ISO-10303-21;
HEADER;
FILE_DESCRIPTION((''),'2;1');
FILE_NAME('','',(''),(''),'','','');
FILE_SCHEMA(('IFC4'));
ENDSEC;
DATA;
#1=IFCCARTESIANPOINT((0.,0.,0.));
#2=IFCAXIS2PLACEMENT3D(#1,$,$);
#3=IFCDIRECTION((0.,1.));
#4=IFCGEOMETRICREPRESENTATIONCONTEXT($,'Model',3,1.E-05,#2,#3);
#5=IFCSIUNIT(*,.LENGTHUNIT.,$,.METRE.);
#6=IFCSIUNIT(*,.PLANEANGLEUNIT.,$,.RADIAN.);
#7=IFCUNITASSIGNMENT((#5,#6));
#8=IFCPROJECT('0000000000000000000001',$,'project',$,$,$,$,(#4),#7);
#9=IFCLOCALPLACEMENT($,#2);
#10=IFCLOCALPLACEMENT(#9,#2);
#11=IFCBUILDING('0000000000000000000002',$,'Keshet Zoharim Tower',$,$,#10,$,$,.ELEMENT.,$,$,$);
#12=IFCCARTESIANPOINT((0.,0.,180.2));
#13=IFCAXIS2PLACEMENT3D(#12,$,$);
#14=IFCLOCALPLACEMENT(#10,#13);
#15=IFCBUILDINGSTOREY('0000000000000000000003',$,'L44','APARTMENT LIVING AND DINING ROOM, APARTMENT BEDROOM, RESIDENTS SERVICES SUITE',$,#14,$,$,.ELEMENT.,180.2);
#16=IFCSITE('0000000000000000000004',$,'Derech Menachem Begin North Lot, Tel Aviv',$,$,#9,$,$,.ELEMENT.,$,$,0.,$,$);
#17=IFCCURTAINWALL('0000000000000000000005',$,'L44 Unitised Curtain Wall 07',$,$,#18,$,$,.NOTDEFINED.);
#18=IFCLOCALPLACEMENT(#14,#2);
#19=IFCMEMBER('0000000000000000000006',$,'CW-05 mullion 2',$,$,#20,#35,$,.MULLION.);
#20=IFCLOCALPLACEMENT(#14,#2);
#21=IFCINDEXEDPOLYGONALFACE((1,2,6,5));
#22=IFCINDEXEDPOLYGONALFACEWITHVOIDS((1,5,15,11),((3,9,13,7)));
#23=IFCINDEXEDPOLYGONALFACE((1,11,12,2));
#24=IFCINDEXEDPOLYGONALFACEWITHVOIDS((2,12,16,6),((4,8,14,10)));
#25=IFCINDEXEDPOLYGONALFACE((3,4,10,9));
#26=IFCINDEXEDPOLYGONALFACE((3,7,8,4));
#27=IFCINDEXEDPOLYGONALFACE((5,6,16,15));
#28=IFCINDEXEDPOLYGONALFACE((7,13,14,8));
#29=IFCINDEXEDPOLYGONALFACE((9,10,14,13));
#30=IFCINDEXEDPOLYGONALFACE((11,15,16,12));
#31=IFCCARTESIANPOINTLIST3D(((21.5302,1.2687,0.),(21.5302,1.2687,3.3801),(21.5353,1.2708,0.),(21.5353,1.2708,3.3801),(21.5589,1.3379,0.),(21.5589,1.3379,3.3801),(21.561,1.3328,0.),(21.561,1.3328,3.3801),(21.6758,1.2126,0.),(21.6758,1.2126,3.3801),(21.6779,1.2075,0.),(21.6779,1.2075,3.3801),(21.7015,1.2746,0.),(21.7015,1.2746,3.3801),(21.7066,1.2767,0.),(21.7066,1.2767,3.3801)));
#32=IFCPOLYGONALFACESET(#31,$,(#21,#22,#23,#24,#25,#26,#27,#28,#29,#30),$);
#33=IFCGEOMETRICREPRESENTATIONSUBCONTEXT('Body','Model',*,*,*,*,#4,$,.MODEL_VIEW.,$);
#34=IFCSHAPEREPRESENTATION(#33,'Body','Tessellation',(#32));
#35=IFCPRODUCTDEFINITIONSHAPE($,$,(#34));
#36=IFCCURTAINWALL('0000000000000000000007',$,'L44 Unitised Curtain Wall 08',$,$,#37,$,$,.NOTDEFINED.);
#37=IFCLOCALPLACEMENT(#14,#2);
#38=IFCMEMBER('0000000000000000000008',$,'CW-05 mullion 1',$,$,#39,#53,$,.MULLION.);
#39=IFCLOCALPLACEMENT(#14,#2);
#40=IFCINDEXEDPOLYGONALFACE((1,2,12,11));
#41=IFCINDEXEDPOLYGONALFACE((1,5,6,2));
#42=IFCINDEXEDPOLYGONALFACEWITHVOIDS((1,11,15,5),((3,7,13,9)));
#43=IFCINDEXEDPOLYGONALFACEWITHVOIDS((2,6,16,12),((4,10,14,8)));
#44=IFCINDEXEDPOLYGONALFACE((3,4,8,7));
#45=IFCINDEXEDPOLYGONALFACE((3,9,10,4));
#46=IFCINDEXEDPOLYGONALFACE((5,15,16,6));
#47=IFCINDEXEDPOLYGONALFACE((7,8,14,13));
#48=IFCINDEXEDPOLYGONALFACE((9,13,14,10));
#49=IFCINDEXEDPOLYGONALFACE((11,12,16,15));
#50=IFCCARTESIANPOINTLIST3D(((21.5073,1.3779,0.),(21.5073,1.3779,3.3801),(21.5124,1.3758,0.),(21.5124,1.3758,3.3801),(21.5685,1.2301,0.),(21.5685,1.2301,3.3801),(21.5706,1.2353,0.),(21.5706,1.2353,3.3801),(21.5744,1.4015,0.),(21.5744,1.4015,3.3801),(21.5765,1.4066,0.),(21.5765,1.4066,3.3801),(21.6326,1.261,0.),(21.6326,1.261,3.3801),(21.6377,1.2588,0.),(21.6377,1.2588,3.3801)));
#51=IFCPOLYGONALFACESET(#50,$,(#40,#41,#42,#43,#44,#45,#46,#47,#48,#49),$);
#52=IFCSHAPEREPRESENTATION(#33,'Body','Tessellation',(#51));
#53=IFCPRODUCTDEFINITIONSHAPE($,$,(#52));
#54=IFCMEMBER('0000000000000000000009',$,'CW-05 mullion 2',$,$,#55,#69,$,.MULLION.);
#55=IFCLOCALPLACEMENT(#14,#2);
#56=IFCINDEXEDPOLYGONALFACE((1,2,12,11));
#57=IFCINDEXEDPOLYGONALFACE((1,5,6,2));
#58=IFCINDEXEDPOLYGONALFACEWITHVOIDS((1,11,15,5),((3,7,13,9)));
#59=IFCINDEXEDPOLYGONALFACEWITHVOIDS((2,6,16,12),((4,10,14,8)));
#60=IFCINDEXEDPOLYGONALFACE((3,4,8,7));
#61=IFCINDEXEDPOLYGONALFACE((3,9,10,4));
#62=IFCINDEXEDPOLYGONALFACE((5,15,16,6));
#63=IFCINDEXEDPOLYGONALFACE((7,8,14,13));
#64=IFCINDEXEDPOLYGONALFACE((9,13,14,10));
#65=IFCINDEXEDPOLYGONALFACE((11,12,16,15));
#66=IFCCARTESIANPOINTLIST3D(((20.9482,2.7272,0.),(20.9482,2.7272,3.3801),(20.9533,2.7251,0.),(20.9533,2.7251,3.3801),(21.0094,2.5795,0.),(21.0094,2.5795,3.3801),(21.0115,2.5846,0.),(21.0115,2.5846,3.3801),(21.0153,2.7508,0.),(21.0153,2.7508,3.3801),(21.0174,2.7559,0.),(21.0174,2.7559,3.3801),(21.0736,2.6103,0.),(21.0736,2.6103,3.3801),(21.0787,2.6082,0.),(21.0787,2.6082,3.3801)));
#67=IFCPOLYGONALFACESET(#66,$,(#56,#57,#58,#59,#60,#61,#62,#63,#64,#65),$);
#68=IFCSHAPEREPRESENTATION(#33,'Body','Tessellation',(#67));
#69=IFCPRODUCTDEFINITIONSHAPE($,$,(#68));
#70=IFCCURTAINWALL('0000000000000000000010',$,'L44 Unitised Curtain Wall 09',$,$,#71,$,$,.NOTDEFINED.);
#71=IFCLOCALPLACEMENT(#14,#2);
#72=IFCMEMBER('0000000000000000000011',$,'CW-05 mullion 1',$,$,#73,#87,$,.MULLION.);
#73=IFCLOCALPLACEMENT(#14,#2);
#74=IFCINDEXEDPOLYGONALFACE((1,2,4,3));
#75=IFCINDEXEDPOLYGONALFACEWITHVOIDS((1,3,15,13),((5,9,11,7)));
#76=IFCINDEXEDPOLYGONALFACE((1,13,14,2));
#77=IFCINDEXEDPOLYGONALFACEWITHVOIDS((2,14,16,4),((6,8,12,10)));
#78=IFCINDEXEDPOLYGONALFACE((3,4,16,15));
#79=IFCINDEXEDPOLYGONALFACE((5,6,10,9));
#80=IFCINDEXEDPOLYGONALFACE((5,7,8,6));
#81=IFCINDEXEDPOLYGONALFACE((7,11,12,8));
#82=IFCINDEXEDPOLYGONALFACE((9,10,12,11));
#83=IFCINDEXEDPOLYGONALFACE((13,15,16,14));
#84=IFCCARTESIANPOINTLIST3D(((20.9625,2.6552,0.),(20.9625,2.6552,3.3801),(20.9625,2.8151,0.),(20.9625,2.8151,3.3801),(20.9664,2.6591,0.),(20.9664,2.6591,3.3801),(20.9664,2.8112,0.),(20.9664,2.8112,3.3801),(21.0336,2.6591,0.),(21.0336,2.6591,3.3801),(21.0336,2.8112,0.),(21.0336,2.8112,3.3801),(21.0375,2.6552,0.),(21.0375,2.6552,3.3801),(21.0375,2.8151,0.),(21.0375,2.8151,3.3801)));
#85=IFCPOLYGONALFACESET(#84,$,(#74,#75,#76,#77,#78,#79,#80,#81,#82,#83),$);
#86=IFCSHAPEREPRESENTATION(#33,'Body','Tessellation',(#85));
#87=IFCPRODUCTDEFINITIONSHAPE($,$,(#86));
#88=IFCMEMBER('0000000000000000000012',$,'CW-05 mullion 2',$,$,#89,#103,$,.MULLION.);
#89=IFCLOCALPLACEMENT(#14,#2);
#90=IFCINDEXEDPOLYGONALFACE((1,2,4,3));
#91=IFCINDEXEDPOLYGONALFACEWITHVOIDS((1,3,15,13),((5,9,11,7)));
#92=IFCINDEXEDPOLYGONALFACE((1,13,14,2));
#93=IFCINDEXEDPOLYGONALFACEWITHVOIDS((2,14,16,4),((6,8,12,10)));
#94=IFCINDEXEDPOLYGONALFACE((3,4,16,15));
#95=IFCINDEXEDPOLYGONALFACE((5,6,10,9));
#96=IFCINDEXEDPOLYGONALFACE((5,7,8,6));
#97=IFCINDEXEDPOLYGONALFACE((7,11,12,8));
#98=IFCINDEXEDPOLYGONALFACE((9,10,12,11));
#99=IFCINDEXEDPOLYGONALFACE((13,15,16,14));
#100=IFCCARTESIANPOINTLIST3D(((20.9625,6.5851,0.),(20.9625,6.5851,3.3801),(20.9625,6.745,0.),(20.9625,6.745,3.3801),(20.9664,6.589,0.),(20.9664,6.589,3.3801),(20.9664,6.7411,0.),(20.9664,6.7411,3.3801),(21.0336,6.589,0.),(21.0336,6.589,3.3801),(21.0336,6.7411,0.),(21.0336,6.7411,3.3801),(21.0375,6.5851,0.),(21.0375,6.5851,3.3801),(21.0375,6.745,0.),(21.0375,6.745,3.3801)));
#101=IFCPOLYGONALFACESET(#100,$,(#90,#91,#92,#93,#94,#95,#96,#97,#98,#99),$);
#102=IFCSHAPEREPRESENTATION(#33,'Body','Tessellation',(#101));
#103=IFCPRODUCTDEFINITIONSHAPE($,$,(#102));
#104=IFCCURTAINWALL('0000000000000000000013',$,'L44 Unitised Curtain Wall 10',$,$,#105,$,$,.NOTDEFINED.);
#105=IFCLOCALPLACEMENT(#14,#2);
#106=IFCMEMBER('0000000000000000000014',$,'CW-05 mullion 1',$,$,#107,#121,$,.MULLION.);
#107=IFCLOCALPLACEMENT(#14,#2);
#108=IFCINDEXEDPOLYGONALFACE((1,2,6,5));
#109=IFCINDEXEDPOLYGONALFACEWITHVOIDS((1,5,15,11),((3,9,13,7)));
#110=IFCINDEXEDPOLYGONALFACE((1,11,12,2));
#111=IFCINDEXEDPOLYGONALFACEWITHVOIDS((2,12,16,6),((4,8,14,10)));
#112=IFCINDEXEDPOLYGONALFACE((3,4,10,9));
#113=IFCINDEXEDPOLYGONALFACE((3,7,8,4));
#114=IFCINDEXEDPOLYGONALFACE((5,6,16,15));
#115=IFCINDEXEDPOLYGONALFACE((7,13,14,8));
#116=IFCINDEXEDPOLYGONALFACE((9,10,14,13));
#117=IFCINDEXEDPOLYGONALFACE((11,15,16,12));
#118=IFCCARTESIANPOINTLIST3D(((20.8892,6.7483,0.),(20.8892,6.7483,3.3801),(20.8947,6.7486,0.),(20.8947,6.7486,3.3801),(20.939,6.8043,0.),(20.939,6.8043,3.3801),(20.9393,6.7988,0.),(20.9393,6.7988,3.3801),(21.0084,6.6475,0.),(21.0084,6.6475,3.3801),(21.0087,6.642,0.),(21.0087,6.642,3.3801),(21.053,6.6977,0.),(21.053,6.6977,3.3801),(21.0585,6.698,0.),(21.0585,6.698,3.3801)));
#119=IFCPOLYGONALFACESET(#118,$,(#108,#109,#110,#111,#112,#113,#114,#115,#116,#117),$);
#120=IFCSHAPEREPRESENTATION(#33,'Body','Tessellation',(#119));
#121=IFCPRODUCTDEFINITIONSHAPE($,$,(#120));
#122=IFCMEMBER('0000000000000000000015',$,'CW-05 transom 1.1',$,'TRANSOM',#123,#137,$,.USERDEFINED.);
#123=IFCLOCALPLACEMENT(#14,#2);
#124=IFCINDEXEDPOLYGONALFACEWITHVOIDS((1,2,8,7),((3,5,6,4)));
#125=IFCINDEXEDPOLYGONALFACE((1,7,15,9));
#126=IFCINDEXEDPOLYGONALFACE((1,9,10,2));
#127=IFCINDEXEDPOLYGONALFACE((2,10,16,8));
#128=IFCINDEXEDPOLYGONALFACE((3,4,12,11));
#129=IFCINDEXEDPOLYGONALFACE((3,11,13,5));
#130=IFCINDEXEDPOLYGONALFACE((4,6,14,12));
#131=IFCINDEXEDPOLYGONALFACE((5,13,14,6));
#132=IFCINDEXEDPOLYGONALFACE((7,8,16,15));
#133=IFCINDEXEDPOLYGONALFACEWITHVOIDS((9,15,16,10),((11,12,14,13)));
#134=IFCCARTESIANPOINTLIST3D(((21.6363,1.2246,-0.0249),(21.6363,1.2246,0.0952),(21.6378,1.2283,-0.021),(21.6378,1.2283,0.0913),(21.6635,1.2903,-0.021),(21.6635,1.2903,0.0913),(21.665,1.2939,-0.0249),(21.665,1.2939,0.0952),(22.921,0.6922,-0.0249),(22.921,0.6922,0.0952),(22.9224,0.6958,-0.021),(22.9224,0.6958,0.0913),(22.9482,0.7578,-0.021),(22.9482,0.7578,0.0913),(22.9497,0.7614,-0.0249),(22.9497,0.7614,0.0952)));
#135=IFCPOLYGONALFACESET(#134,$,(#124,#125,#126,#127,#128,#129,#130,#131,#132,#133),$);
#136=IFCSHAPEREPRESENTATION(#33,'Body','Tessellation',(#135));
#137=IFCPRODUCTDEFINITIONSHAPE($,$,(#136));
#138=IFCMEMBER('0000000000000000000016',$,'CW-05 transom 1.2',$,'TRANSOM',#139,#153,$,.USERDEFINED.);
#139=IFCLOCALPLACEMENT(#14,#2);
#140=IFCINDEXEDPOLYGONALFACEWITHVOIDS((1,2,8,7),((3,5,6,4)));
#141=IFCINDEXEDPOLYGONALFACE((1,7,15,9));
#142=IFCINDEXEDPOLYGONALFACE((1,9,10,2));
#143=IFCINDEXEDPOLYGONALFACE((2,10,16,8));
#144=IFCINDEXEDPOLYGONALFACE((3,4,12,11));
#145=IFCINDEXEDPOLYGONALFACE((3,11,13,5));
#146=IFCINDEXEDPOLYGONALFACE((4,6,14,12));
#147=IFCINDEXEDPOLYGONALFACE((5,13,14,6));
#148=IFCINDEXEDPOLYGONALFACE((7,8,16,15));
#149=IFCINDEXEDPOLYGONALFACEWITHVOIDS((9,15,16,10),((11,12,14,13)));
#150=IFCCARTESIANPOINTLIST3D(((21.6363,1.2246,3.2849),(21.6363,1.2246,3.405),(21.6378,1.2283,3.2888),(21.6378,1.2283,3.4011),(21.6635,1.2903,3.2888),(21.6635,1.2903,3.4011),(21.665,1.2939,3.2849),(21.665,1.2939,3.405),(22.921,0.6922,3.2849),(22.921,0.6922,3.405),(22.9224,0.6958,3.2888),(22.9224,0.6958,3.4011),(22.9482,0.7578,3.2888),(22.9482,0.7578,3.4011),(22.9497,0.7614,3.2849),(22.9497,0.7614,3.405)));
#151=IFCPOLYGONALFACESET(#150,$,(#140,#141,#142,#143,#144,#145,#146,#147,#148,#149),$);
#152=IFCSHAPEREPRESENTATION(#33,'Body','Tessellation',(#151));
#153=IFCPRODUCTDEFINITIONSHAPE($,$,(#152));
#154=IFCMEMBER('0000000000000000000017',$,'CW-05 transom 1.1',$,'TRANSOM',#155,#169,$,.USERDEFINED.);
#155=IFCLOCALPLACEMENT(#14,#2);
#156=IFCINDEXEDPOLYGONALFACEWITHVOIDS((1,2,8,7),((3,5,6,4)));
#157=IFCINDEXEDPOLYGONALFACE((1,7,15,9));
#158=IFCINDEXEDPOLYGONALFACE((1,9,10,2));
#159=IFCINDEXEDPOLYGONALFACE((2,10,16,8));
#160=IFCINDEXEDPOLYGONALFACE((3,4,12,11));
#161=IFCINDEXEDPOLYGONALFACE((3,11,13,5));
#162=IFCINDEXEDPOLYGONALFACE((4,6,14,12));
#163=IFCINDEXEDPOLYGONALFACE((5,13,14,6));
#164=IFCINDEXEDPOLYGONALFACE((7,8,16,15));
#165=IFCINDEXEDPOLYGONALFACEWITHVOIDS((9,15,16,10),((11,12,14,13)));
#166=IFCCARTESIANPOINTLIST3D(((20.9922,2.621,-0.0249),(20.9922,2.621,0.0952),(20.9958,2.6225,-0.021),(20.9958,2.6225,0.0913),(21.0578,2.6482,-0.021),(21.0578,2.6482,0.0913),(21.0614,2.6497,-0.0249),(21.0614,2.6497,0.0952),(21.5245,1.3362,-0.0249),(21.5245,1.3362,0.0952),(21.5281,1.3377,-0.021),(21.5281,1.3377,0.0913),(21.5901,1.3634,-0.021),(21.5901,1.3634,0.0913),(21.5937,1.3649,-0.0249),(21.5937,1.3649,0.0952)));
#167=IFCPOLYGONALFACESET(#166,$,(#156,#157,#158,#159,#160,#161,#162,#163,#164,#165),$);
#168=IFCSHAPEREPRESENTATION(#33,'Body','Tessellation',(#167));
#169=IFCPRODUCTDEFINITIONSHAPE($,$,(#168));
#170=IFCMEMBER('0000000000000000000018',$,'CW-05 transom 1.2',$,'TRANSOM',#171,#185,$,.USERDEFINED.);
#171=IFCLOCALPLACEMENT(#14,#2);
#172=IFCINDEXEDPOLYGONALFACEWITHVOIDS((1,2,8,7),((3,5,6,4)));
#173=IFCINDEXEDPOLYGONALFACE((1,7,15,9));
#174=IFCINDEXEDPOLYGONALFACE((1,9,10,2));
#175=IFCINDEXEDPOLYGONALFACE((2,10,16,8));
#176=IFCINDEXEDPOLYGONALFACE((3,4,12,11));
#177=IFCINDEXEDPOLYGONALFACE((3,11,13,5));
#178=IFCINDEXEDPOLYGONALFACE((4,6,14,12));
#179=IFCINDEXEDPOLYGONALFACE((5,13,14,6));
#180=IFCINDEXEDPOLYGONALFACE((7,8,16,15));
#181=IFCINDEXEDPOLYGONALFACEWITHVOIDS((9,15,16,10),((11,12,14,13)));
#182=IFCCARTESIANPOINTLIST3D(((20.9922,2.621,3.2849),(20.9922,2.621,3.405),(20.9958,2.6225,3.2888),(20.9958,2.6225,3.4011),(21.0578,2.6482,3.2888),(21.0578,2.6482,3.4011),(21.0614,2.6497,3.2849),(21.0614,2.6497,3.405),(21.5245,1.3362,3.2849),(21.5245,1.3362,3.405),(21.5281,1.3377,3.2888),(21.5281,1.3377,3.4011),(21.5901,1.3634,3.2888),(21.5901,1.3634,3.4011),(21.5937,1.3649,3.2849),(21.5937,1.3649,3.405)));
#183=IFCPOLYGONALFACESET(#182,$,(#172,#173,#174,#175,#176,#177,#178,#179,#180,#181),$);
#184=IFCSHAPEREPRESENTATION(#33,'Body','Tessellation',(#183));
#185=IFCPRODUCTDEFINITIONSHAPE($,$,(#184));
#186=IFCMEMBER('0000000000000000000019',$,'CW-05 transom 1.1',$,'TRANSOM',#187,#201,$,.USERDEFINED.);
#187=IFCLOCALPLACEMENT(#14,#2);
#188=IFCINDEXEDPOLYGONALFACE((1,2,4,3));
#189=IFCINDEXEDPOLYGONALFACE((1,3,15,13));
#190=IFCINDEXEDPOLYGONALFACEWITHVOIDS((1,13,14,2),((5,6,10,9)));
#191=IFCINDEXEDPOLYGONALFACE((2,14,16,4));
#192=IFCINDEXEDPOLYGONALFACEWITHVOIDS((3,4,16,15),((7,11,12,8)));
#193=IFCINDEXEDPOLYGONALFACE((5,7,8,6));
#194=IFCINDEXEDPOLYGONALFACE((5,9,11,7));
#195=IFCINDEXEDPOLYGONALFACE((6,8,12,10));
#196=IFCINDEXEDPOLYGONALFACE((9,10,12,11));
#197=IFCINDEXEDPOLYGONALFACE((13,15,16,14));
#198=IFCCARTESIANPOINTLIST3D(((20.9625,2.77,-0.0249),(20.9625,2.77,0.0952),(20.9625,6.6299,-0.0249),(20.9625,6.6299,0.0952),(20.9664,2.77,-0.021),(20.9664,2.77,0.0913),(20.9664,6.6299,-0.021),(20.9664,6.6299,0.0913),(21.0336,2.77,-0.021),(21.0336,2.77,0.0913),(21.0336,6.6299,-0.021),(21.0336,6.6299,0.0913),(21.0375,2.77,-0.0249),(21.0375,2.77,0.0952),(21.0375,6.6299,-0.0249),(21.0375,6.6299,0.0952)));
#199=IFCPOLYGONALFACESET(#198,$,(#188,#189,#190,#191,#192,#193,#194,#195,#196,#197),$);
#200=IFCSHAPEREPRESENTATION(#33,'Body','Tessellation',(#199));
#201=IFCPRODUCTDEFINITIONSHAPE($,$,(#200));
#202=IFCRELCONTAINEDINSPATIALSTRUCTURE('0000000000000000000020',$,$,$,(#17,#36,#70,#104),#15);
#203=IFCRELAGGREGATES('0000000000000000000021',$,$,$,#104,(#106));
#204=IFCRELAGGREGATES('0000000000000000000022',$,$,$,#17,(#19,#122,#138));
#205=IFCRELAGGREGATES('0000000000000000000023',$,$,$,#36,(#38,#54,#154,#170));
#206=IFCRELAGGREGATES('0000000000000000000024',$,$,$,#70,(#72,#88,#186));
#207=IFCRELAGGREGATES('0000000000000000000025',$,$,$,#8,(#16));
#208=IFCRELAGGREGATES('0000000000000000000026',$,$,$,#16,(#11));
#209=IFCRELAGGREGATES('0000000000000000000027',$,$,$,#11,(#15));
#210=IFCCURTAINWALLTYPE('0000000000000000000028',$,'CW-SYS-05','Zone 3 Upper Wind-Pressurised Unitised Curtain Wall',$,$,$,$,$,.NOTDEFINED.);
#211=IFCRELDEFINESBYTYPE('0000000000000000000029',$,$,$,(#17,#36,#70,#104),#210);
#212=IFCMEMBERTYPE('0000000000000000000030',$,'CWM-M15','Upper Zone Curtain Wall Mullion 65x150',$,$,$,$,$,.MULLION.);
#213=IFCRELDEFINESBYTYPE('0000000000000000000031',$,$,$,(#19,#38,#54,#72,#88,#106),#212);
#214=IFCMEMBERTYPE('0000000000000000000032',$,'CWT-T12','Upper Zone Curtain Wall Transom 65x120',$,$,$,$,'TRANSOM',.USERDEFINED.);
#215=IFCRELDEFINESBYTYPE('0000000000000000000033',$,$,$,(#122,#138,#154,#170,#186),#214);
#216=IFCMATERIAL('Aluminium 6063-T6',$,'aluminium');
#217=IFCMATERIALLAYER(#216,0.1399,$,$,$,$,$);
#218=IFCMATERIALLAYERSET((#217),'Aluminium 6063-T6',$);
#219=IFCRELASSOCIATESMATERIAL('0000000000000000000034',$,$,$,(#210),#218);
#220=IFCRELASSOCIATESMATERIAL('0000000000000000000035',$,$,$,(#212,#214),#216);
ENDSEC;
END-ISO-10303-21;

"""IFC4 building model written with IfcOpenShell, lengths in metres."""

from ifc_helpers import new_model, si_unit, direction, frame, origin, origin_2d, place, context, subcontext, project, spatial, hollow_rectangle, extrude, material, layer, layer_set, material_profile, profile_set, type_object, element, aggregate, save


model = new_model("IFC4")

# Units and contexts
model_context = context("Model", 3, precision=1e-05, world=origin(), true_north=direction((0.0, 1.0)))
body_context = subcontext(model_context, "Body", "Model", "MODEL_VIEW")
ifc_project = project(units=[si_unit("LENGTHUNIT", "METRE"), si_unit("PLANEANGLEUNIT", "RADIAN")], contexts=[model_context])

# Site, building, storey
site_placement = place(None, origin())
site = spatial("IfcSite", under=ifc_project, at=site_placement, Name="Derech Menachem Begin North Lot, Tel Aviv", CompositionType="ELEMENT", RefElevation=0.0)
building_placement = place(site_placement, origin())
building = spatial("IfcBuilding", under=site, at=building_placement, Name="Keshet Zoharim Tower", CompositionType="ELEMENT")
storey_placement = place(building_placement, frame((0.0, 0.0, 180.2)))
storey = spatial("IfcBuildingStorey", under=building, at=storey_placement, Name="L44", Description="APARTMENT LIVING AND DINING ROOM, APARTMENT BEDROOM, RESIDENTS SERVICES SUITE", CompositionType="ELEMENT", Elevation=180.2)

# Shared definitions
ifc_material_1 = material(Name="Aluminium 6063-T6", Category="aluminium")
ifc_layer_1 = layer(ifc_material_1, 0.1399)
ifc_layer_set_1 = layer_set([ifc_layer_1], Name="Aluminium 6063-T6")
curtain_wall_type = type_object("IfcCurtainWallType", Name="CW-SYS-05", Description="Zone 3 Upper Wind-Pressurised Unitised Curtain Wall", PredefinedType="NOTDEFINED", material=ifc_layer_set_1)
ifc_material_profile_1 = material_profile(ifc_material_1, hollow_rectangle(XDim=0.075, YDim=0.1599, WallThickness=0.0039, at=origin_2d()), Name="MUL-75x160")
ifc_profile_set_1 = profile_set([ifc_material_profile_1], Name="Aluminium 6063-T6")
member_type_1 = type_object("IfcMemberType", Name="CWM-M15", Description="Upper Zone Curtain Wall Mullion 65x150", PredefinedType="MULLION", material=ifc_profile_set_1)

# Curtain walls, members
curtain_wall_1_placement = place(storey_placement, origin())
curtain_wall_1 = element("IfcCurtainWall", 1, at=curtain_wall_1_placement, inside=storey, type_object=curtain_wall_type, Name="L44 Unitised Curtain Wall 07", PredefinedType="NOTDEFINED")
member_1_placement = place(storey_placement, frame((21.6184, 1.2727, 0.0), z_axis=(0.0, 0.0, 1.0), x_axis=(-0.382852, -0.92381, 0.0)))
member_1 = element("IfcMember", 2, at=member_1_placement, type_object=member_type_1, Name="CW-05 mullion 2", PredefinedType="MULLION", context=body_context, shape_type="SweptSolid", body=[
    extrude(hollow_rectangle(XDim=0.075, YDim=0.1599, WallThickness=0.0039, at=origin_2d()), origin(), (0.0, 0.0, 1.0), 3.3801),
])
curtain_wall_2_placement = place(storey_placement, origin())
curtain_wall_2 = element("IfcCurtainWall", 3, at=curtain_wall_2_placement, inside=storey, type_object=curtain_wall_type, Name="L44 Unitised Curtain Wall 08", PredefinedType="NOTDEFINED")
member_2_placement = place(storey_placement, frame((21.5725, 1.3184, 0.0), z_axis=(0.0, 0.0, 1.0), x_axis=(-0.92381, -0.382852, 0.0)))
member_2 = element("IfcMember", 4, at=member_2_placement, type_object=member_type_1, Name="CW-05 mullion 1", PredefinedType="MULLION", context=body_context, shape_type="SweptSolid", body=[
    extrude(hollow_rectangle(XDim=0.075, YDim=0.1599, WallThickness=0.0039, at=origin_2d()), origin(), (0.0, 0.0, 1.0), 3.3801),
])
member_3_placement = place(storey_placement, frame((21.0134, 2.6677, 0.0), z_axis=(0.0, 0.0, 1.0), x_axis=(-0.92381, -0.382852, 0.0)))
member_3 = element("IfcMember", 5, at=member_3_placement, type_object=member_type_1, Name="CW-05 mullion 2", PredefinedType="MULLION", context=body_context, shape_type="SweptSolid", body=[
    extrude(hollow_rectangle(XDim=0.075, YDim=0.1599, WallThickness=0.0039, at=origin_2d()), origin(), (0.0, 0.0, 1.0), 3.3801),
])
curtain_wall_3_placement = place(storey_placement, origin())
curtain_wall_3 = element("IfcCurtainWall", 6, at=curtain_wall_3_placement, inside=storey, type_object=curtain_wall_type, Name="L44 Unitised Curtain Wall 09", PredefinedType="NOTDEFINED")
member_4_placement = place(storey_placement, frame((21.0, 2.7351, 0.0), z_axis=(0.0, 0.0, 1.0), x_axis=(-1.0, 0.0, 0.0)))
member_4 = element("IfcMember", 7, at=member_4_placement, type_object=member_type_1, Name="CW-05 mullion 1", PredefinedType="MULLION", context=body_context, shape_type="SweptSolid", body=[
    extrude(hollow_rectangle(XDim=0.075, YDim=0.1599, WallThickness=0.0039, at=origin_2d()), origin(), (0.0, 0.0, 1.0), 3.3801),
])
member_5_placement = place(storey_placement, frame((21.0, 6.665, 0.0), z_axis=(0.0, 0.0, 1.0), x_axis=(-1.0, 0.0, 0.0)))
member_5 = element("IfcMember", 8, at=member_5_placement, type_object=member_type_1, Name="CW-05 mullion 2", PredefinedType="MULLION", context=body_context, shape_type="SweptSolid", body=[
    extrude(hollow_rectangle(XDim=0.075, YDim=0.1599, WallThickness=0.0039, at=origin_2d()), origin(), (0.0, 0.0, 1.0), 3.3801),
])

# Curtain wall, member
curtain_wall_4_placement = place(storey_placement, origin())
curtain_wall_4 = element("IfcCurtainWall", 9, at=curtain_wall_4_placement, inside=storey, type_object=curtain_wall_type, Name="L44 Unitised Curtain Wall 10", PredefinedType="NOTDEFINED")
member_6_placement = place(storey_placement, frame((20.9739, 6.7231, 0.0), z_axis=(0.0, 0.0, 1.0), x_axis=(-0.664362, -0.747411, 0.0)))
member_6 = element("IfcMember", 10, at=member_6_placement, type_object=member_type_1, Name="CW-05 mullion 1", PredefinedType="MULLION", context=body_context, shape_type="SweptSolid", body=[
    extrude(hollow_rectangle(XDim=0.075, YDim=0.1599, WallThickness=0.0039, at=origin_2d()), origin(), (0.0, 0.0, 1.0), 3.3801),
])

# Members
ifc_material_profile_2 = material_profile(ifc_material_1, hollow_rectangle(XDim=0.075, YDim=0.1201, WallThickness=0.0039, at=origin_2d()), Name="TRN-75x120")
ifc_profile_set_2 = profile_set([ifc_material_profile_2], Name="Aluminium 6063-T6")
member_type_2 = type_object("IfcMemberType", Name="CWT-T12", Description="Upper Zone Curtain Wall Transom 65x120", ElementType="TRANSOM", PredefinedType="USERDEFINED", material=ifc_profile_set_2)
member_7_placement = place(storey_placement, frame((22.9353, 0.7268, 0.0352), z_axis=(-0.923792, 0.382894, 0.0), x_axis=(-0.382894, -0.923792, 0.0)))
member_7 = element("IfcMember", 11, at=member_7_placement, type_object=member_type_2, Name="CW-05 transom 1.1", ObjectType="TRANSOM", PredefinedType="USERDEFINED", context=body_context, shape_type="SweptSolid", body=[
    extrude(hollow_rectangle(XDim=0.075, YDim=0.1201, WallThickness=0.0039, at=origin_2d()), origin(), (0.0, 0.0, 1.0), 1.3906),
])
member_8_placement = place(storey_placement, frame((22.9353, 0.7268, 3.345), z_axis=(-0.923792, 0.382894, 0.0), x_axis=(-0.382894, -0.923792, 0.0)))
member_8 = element("IfcMember", 12, at=member_8_placement, type_object=member_type_2, Name="CW-05 transom 1.2", ObjectType="TRANSOM", PredefinedType="USERDEFINED", context=body_context, shape_type="SweptSolid", body=[
    extrude(hollow_rectangle(XDim=0.075, YDim=0.1201, WallThickness=0.0039, at=origin_2d()), origin(), (0.0, 0.0, 1.0), 1.3906),
])
member_9_placement = place(storey_placement, frame((21.5591, 1.3506, 0.0352), z_axis=(-0.382745, 0.923854, 0.0), x_axis=(-0.923854, -0.382745, 0.0)))
member_9 = element("IfcMember", 13, at=member_9_placement, type_object=member_type_2, Name="CW-05 transom 1.1", ObjectType="TRANSOM", PredefinedType="USERDEFINED", context=body_context, shape_type="SweptSolid", body=[
    extrude(hollow_rectangle(XDim=0.075, YDim=0.1201, WallThickness=0.0039, at=origin_2d()), origin(), (0.0, 0.0, 1.0), 1.3906),
])
member_10_placement = place(storey_placement, frame((21.5591, 1.3506, 3.345), z_axis=(-0.382745, 0.923854, 0.0), x_axis=(-0.923854, -0.382745, 0.0)))
member_10 = element("IfcMember", 14, at=member_10_placement, type_object=member_type_2, Name="CW-05 transom 1.2", ObjectType="TRANSOM", PredefinedType="USERDEFINED", context=body_context, shape_type="SweptSolid", body=[
    extrude(hollow_rectangle(XDim=0.075, YDim=0.1201, WallThickness=0.0039, at=origin_2d()), origin(), (0.0, 0.0, 1.0), 1.3906),
])
member_11_placement = place(storey_placement, frame((21.0, 2.77, 0.0352), z_axis=(0.0, 1.0, 0.0), x_axis=(-1.0, 0.0, 0.0)))
member_11 = element("IfcMember", 15, at=member_11_placement, type_object=member_type_2, Name="CW-05 transom 1.1", ObjectType="TRANSOM", PredefinedType="USERDEFINED", context=body_context, shape_type="SweptSolid", body=[
    extrude(hollow_rectangle(XDim=0.075, YDim=0.1201, WallThickness=0.0039, at=origin_2d()), origin(), (0.0, 0.0, 1.0), 3.8599),
])
aggregate(curtain_wall_4, [member_6])

aggregate(curtain_wall_1, [member_1, member_7, member_8])
aggregate(curtain_wall_2, [member_2, member_3, member_9, member_10])
aggregate(curtain_wall_3, [member_4, member_5, member_11])

save(model, "model.ifc")
